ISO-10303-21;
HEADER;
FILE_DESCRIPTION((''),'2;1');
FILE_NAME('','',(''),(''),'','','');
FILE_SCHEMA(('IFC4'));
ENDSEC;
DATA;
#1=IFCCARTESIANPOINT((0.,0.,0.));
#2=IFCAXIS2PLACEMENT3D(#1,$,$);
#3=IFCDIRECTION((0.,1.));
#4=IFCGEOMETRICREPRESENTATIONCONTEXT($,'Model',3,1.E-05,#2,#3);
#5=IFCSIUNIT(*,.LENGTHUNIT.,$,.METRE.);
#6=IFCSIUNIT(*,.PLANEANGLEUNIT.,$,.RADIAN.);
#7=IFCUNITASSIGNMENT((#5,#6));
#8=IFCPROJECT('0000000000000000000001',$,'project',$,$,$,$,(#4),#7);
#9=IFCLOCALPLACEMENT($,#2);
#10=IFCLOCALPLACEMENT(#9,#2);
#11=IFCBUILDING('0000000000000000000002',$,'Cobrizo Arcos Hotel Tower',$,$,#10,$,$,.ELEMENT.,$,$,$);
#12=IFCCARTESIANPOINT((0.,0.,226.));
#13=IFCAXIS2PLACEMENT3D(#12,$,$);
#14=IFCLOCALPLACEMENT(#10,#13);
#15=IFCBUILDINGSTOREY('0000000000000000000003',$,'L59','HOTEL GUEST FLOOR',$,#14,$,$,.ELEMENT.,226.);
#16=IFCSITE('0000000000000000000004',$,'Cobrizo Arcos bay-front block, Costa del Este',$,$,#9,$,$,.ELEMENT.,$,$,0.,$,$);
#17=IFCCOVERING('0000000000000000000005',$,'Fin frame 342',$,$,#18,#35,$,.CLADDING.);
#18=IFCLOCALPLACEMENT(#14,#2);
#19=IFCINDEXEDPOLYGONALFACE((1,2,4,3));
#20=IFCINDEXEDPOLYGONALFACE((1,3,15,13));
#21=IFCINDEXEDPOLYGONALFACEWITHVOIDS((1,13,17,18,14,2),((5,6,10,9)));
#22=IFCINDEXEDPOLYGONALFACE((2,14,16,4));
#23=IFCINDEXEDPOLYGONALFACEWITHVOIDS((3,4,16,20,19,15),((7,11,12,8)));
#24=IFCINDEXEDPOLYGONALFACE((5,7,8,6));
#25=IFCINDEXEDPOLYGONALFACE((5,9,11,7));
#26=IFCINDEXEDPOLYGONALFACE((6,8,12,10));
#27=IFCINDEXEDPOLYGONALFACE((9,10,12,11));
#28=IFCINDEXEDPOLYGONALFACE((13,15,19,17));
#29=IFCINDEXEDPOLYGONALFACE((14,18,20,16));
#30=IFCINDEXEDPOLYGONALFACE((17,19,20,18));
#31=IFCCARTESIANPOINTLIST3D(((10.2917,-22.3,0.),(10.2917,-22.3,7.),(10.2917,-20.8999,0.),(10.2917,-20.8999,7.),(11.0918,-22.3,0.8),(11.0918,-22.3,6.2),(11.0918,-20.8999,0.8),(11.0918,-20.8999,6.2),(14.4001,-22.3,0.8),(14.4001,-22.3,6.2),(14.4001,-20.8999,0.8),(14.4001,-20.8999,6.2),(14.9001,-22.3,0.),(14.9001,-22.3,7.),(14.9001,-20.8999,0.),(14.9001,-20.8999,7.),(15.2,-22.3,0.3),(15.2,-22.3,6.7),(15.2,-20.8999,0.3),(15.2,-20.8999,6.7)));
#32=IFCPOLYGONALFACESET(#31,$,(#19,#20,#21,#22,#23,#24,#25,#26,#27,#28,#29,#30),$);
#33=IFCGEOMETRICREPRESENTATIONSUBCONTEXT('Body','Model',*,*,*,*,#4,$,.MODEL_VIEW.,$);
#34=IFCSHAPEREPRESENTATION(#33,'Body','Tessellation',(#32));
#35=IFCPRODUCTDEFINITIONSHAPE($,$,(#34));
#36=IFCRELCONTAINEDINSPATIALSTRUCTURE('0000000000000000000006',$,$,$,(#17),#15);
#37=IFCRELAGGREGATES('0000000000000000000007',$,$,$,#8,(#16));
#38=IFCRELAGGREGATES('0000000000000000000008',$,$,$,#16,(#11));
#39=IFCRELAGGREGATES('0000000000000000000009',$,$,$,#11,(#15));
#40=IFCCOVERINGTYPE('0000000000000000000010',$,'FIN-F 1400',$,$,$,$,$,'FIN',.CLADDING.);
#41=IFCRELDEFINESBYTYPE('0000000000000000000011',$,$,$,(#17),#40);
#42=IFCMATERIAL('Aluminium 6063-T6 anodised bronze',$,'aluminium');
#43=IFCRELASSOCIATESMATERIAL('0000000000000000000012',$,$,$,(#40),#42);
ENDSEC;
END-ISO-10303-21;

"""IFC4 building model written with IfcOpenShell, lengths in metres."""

from ifc_helpers import new_model, si_unit, direction, frame, origin, place, context, subcontext, project, spatial, polyline, outline, extrude, material, type_object, element, save


model = new_model("IFC4")

# Units and contexts
model_context = context("Model", 3, precision=1e-05, world=origin(), true_north=direction((0.0, 1.0)))
body_context = subcontext(model_context, "Body", "Model", "MODEL_VIEW")
ifc_project = project(units=[si_unit("LENGTHUNIT", "METRE"), si_unit("PLANEANGLEUNIT", "RADIAN")], contexts=[model_context])

# Site, building, storey
site_placement = place(None, origin())
site = spatial("IfcSite", under=ifc_project, at=site_placement, Name="Cobrizo Arcos bay-front block, Costa del Este", CompositionType="ELEMENT", RefElevation=0.0)
building_placement = place(site_placement, origin())
building = spatial("IfcBuilding", under=site, at=building_placement, Name="Cobrizo Arcos Hotel Tower", CompositionType="ELEMENT")
storey_placement = place(building_placement, frame((0.0, 0.0, 226.0)))
storey = spatial("IfcBuildingStorey", under=building, at=storey_placement, Name="L59", Description="HOTEL GUEST FLOOR", CompositionType="ELEMENT", Elevation=226.0)

# Shared definitions
ifc_material_1 = material(Name="Aluminium 6063-T6 anodised bronze", Category="aluminium")

# Covering
covering_type = type_object("IfcCoveringType", Name="FIN-F 1400", ElementType="FIN", PredefinedType="CLADDING", material=ifc_material_1)
covering_placement = place(storey_placement, frame((10.2917, -20.8999, 0.0), z_axis=(0.0, -1.0, 0.0), x_axis=(1.0, 0.0, 0.0)))
element("IfcCovering", 1, at=covering_placement, inside=storey, type_object=covering_type, Name="Fin frame 342", PredefinedType="CLADDING", context=body_context, shape_type="SweptSolid", body=[
    extrude(outline(polyline([(0.0, 7.0), (0.0, 0.0), (4.6084, 0.0), (4.9082, 0.3), (4.9082, 6.7), (4.6084, 7.0), (0.0, 7.0)]), holes=[polyline([(4.1084, 0.8), (0.8, 0.8), (0.8, 6.2), (4.1084, 6.2), (4.1084, 0.8)])]), origin(), (0.0, 0.0, 1.0), 1.4001),
])

save(model, "model.ifc")
